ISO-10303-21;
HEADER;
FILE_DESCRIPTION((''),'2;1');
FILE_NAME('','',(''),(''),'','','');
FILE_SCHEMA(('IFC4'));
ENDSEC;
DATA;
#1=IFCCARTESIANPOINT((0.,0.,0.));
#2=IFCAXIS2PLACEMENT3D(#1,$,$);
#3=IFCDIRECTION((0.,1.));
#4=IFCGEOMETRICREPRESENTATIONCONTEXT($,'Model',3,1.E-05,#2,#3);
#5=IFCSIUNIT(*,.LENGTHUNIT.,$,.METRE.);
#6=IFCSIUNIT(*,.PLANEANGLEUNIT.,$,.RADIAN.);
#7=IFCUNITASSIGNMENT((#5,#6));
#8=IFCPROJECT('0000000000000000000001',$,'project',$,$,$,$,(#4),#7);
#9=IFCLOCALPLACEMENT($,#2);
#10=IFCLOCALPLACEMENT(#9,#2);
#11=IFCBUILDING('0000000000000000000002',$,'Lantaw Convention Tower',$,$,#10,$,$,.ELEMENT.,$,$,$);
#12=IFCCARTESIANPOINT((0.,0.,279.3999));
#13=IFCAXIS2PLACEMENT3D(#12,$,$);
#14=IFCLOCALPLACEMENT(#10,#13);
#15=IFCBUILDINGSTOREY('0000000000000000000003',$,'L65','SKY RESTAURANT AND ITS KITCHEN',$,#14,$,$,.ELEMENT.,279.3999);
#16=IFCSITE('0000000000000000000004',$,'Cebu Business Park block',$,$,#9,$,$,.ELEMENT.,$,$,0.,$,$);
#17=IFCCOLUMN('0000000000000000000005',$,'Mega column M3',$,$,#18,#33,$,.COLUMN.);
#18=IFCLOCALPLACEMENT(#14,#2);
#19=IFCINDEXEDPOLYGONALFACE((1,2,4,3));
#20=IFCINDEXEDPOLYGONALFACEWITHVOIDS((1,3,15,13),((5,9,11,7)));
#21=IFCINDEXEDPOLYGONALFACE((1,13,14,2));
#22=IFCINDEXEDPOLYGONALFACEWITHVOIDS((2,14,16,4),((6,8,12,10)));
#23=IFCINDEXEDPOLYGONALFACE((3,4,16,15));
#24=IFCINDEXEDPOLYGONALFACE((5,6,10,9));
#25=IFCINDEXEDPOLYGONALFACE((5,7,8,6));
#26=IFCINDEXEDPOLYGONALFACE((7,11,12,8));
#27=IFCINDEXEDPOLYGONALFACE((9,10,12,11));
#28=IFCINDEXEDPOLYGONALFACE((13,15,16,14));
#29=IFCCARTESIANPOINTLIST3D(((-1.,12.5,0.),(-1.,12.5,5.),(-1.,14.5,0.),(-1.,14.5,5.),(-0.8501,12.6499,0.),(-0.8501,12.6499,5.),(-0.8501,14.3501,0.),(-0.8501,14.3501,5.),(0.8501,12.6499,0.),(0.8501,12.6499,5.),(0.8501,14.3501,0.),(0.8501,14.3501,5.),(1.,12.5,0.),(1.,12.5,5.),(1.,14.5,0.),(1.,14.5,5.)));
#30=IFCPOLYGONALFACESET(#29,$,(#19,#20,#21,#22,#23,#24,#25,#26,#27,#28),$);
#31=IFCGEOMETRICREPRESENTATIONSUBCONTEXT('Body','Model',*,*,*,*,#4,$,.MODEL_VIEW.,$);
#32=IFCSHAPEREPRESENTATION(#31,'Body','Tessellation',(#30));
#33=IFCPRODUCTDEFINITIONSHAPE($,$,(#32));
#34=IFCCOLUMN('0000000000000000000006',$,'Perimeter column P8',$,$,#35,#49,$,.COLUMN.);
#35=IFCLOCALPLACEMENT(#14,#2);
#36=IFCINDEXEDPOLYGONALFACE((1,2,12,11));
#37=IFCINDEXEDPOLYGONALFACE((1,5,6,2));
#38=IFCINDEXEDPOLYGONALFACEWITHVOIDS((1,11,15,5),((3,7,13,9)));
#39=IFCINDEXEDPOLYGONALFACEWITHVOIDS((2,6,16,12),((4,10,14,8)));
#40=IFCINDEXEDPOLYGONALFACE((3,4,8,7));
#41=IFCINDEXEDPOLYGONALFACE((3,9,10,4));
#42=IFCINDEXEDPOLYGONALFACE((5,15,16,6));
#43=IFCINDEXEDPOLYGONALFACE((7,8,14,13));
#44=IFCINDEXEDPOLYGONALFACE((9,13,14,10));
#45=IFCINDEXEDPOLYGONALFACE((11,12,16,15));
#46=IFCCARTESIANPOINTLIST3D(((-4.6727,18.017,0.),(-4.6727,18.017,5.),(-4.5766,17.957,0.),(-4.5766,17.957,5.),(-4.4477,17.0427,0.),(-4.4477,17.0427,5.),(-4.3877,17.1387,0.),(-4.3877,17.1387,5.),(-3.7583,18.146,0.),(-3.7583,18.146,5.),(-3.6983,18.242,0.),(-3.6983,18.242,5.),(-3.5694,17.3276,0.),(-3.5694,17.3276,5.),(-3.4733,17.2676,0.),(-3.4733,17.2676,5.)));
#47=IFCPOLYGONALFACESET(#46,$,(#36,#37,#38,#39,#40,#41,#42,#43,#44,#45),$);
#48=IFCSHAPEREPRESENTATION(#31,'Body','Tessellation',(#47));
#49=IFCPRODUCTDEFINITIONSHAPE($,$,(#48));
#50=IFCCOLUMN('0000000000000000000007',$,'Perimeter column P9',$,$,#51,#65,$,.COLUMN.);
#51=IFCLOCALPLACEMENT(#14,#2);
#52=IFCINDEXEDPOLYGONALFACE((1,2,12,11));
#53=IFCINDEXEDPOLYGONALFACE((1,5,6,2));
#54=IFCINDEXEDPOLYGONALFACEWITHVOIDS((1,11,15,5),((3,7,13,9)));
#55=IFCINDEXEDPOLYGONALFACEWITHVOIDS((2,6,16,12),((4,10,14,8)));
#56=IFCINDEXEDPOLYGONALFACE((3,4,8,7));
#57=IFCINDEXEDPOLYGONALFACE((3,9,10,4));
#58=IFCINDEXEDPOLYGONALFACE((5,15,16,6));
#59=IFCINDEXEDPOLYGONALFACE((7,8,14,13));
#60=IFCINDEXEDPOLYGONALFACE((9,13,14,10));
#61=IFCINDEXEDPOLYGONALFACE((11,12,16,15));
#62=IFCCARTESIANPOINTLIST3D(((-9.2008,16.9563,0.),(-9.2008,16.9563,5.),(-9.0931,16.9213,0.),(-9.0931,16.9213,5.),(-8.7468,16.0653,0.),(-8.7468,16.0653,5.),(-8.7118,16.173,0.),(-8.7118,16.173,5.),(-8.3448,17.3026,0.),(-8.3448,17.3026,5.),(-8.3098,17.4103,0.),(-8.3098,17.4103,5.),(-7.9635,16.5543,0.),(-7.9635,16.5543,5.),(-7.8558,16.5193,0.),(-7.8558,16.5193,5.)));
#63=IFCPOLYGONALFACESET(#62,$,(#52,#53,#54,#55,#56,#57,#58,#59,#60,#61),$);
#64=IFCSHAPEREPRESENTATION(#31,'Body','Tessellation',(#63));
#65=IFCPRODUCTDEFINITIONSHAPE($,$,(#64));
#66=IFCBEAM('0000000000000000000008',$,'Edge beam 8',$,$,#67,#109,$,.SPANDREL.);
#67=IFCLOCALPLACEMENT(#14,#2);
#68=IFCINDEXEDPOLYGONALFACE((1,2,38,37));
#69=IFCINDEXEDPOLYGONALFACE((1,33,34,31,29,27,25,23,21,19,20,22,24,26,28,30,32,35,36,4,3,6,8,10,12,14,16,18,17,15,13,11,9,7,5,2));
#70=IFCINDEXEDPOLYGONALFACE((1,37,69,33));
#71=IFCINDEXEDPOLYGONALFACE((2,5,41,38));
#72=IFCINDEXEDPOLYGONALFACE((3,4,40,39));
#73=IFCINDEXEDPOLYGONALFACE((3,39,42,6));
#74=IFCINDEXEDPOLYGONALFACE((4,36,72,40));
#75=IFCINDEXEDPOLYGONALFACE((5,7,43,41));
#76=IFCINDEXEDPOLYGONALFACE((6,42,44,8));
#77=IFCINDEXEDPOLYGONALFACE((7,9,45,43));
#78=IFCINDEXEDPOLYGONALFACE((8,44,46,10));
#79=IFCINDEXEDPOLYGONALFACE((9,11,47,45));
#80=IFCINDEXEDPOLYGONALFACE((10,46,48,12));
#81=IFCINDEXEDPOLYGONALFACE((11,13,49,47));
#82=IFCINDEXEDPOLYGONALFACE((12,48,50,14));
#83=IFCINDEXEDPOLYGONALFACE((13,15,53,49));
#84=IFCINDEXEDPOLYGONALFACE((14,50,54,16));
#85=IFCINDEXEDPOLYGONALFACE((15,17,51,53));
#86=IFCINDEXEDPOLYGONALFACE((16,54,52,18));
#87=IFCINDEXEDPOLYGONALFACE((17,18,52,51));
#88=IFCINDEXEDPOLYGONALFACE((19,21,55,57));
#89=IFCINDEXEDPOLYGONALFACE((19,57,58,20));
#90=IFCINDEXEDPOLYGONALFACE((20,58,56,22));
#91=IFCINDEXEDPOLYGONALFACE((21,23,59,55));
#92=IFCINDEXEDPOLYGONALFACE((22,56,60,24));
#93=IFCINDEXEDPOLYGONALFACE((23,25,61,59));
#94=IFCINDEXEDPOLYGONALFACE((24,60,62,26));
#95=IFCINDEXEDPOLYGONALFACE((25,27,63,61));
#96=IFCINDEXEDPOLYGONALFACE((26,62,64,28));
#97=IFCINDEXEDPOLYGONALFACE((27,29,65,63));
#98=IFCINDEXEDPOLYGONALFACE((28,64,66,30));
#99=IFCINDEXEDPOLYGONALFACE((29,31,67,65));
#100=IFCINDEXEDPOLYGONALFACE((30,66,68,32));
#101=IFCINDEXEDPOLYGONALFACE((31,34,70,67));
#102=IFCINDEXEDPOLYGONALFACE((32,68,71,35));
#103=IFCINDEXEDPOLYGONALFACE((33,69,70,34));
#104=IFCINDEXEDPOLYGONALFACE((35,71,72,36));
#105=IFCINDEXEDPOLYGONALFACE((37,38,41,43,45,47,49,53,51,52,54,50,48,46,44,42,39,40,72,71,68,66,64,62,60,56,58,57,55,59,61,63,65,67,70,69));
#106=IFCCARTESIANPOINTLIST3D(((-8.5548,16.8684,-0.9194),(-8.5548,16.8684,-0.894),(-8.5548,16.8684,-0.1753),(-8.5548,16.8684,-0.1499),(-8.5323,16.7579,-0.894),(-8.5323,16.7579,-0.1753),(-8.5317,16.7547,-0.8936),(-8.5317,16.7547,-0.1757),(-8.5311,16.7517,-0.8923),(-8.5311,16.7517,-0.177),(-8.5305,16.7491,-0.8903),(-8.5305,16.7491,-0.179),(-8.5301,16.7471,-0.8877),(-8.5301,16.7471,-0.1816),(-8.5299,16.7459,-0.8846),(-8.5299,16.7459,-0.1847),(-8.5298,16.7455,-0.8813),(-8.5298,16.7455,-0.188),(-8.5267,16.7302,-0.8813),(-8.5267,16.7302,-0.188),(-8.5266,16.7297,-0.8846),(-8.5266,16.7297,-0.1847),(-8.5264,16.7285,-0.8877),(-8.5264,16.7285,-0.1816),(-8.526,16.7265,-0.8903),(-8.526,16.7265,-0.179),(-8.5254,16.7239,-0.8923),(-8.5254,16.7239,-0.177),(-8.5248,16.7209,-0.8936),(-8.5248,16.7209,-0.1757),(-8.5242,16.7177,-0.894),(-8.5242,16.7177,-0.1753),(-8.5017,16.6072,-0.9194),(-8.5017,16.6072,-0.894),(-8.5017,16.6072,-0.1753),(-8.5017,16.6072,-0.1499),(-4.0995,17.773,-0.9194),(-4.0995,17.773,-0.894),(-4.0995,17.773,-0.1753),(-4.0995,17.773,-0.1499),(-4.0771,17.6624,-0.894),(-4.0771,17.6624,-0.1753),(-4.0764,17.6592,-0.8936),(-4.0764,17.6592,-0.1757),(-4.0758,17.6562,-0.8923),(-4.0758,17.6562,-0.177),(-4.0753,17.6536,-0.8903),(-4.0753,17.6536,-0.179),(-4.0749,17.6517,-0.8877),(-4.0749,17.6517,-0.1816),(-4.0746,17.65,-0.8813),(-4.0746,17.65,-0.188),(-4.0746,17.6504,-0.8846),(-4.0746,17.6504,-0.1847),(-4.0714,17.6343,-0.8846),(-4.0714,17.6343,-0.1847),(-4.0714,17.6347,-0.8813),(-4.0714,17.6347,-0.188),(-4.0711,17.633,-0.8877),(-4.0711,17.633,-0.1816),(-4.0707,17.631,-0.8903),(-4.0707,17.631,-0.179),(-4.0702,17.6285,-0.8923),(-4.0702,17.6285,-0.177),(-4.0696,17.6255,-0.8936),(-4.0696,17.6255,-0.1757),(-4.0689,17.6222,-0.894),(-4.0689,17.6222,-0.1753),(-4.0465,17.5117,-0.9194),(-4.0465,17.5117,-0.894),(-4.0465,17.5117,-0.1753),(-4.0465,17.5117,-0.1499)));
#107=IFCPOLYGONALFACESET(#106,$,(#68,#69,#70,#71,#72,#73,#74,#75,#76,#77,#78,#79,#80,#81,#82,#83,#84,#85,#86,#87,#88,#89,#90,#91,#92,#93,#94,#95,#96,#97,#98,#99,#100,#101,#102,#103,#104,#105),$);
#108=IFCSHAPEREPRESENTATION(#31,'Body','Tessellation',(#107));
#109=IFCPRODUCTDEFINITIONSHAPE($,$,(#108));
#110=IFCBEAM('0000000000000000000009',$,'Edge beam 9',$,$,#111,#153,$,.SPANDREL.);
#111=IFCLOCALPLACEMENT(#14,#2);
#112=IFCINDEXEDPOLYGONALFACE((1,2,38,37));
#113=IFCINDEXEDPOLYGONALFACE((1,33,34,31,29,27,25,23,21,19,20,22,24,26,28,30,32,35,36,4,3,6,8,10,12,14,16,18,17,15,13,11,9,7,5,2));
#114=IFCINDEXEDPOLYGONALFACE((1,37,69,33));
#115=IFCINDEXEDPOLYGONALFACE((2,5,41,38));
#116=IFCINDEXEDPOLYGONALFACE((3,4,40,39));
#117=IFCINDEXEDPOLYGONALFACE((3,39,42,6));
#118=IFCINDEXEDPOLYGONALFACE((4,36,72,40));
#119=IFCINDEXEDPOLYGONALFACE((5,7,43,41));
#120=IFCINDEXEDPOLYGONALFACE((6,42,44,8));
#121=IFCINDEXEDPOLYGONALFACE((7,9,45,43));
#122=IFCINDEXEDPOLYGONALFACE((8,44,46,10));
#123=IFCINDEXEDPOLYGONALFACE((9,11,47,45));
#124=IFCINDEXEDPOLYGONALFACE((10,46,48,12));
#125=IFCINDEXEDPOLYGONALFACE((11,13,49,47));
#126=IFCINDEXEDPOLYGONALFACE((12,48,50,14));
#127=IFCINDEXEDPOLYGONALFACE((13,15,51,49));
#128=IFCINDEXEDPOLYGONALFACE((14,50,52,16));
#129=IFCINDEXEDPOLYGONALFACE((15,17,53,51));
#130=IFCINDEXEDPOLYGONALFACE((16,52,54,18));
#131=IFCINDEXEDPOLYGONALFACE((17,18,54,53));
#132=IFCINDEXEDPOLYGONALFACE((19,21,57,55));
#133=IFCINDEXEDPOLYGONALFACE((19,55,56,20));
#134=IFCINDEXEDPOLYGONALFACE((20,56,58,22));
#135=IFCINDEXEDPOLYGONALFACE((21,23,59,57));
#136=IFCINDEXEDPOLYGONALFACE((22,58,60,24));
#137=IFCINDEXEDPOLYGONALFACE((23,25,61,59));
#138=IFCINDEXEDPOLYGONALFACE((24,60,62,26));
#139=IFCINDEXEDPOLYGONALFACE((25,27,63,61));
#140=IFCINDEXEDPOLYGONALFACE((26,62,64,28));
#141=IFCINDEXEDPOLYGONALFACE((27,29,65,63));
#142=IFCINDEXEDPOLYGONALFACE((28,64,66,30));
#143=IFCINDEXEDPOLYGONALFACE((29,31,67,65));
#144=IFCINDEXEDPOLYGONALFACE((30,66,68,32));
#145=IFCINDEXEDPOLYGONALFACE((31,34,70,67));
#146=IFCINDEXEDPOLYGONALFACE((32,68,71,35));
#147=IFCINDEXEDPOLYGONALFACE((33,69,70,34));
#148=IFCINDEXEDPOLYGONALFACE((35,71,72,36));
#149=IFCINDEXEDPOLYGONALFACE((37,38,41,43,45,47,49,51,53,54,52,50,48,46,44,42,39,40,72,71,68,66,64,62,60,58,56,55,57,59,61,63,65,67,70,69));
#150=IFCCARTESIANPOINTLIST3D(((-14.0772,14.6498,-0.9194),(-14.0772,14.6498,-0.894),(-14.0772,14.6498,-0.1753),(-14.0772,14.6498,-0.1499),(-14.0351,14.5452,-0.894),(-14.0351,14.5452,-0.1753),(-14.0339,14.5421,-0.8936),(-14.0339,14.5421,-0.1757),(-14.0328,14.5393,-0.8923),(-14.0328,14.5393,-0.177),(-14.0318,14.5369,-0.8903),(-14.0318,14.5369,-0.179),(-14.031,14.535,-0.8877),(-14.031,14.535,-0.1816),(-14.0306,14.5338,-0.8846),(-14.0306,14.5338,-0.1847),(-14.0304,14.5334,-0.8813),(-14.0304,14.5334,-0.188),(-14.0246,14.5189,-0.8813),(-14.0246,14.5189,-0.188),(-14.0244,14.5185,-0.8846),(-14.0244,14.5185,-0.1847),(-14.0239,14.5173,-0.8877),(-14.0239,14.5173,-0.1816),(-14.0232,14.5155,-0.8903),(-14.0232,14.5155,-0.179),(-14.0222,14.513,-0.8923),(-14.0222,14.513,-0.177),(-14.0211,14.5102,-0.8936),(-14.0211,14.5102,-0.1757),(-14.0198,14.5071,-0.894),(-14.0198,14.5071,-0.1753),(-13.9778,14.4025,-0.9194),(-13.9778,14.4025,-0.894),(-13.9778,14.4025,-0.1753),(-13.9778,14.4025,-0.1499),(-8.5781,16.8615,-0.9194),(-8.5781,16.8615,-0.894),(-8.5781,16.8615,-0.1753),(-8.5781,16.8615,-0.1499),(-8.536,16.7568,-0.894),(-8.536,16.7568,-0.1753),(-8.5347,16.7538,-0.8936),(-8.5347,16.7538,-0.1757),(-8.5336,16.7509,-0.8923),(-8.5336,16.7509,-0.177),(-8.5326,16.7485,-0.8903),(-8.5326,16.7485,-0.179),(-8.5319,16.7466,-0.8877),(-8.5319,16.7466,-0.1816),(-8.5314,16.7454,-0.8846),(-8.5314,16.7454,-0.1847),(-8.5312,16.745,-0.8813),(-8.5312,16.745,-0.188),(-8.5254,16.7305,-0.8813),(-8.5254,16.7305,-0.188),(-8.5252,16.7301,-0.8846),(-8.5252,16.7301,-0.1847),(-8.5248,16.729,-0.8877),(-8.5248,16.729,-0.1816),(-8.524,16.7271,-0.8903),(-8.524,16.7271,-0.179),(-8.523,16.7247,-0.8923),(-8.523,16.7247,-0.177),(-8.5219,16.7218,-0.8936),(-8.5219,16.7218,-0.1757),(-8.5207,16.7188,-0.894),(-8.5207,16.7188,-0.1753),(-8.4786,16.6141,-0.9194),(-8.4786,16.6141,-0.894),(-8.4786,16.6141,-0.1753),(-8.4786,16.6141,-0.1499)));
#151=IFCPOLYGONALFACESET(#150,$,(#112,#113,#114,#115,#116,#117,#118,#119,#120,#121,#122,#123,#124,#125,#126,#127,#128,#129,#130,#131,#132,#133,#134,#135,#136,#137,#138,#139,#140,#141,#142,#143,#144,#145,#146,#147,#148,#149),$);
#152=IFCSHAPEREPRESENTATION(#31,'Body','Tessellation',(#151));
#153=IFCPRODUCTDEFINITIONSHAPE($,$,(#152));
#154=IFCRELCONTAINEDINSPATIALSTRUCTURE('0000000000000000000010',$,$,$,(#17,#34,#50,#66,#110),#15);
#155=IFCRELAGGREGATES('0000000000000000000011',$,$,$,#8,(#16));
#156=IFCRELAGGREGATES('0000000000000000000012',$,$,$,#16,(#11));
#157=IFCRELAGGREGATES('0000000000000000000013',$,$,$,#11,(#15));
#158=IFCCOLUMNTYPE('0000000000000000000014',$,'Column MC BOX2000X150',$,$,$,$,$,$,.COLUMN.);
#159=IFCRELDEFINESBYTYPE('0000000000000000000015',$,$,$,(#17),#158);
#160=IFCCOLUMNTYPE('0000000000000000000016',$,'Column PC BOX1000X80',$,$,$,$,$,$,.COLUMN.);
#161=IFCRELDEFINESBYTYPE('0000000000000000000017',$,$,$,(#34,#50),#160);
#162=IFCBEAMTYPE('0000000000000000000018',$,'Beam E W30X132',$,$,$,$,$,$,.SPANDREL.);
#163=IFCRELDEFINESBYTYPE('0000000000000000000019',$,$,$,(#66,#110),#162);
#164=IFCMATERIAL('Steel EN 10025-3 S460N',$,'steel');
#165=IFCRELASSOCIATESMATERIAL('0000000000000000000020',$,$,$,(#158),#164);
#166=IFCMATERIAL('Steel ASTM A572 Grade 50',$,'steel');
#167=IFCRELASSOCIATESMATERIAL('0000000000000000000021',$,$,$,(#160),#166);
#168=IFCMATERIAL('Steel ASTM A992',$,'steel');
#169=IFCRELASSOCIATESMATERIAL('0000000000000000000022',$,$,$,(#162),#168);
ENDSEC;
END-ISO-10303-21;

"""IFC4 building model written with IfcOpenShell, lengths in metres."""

from ifc_helpers import new_model, si_unit, direction, frame, origin, origin_2d, place, context, subcontext, project, spatial, rectangle, hollow_rectangle, i_section, extrude, material, material_profile, profile_set, type_object, element, save


model = new_model("IFC4")

# Units and contexts
model_context = context("Model", 3, precision=1e-05, world=origin(), true_north=direction((0.0, 1.0)))
body_context = subcontext(model_context, "Body", "Model", "MODEL_VIEW")
ifc_project = project(units=[si_unit("LENGTHUNIT", "METRE"), si_unit("PLANEANGLEUNIT", "RADIAN")], contexts=[model_context])

# Site, building, storey
site_placement = place(None, origin())
site = spatial("IfcSite", under=ifc_project, at=site_placement, Name="Cebu Business Park block", CompositionType="ELEMENT", RefElevation=0.0)
building_placement = place(site_placement, origin())
building = spatial("IfcBuilding", under=site, at=building_placement, Name="Lantaw Convention Tower", CompositionType="ELEMENT")
storey_placement = place(building_placement, frame((0.0, 0.0, 279.3999)))
storey = spatial("IfcBuildingStorey", under=building, at=storey_placement, Name="L65", Description="SKY RESTAURANT AND ITS KITCHEN", CompositionType="ELEMENT", Elevation=279.3999)

# Columns
ifc_material_1 = material(Name="Steel EN 10025-3 S460N", Category="steel")
ifc_material_profile_1 = material_profile(ifc_material_1, hollow_rectangle(XDim=2.0, YDim=2.0, WallThickness=0.1499, at=origin_2d()), Name="BOX2000X150")
ifc_material_2 = material(Name="Concrete C60/75", Category="concrete")
ifc_material_profile_2 = material_profile(ifc_material_2, rectangle(XDim=1.7, YDim=1.7, at=origin_2d()), Name="Concrete fill of BOX2000X150")
ifc_profile_set_1 = profile_set([ifc_material_profile_1, ifc_material_profile_2], Name="Steel EN 10025-3 S460N")
column_type_1 = type_object("IfcColumnType", Name="Column MC BOX2000X150", PredefinedType="COLUMN", material=ifc_profile_set_1)
column_placement = place(storey_placement, frame((0.0, 13.5, 0.0), z_axis=(0.0, 0.0, 1.0), x_axis=(1.0, 0.0, 0.0)))
element("IfcColumn", 1, at=column_placement, inside=storey, type_object=column_type_1, Name="Mega column M3", PredefinedType="COLUMN", context=body_context, shape_type="SweptSolid", body=[
    extrude(hollow_rectangle(XDim=2.0, YDim=2.0, WallThickness=0.1499, at=origin_2d()), origin(), (0.0, 0.0, 1.0), 5.0),
])
ifc_material_3 = material(Name="Steel ASTM A572 Grade 50", Category="steel")
ifc_material_profile_3 = material_profile(ifc_material_3, hollow_rectangle(XDim=1.0, YDim=1.0, WallThickness=0.0801, at=origin_2d()), Name="BOX1000X80")
ifc_material_profile_4 = material_profile(ifc_material_2, rectangle(XDim=0.8401, YDim=0.8401, at=origin_2d()), Name="Concrete fill of BOX1000X80")
ifc_profile_set_2 = profile_set([ifc_material_profile_3, ifc_material_profile_4], Name="Steel ASTM A572 Grade 50")
column_type_2 = type_object("IfcColumnType", Name="Column PC BOX1000X80", PredefinedType="COLUMN", material=ifc_profile_set_2)
for number, where, z_axis, x_axis, name in (
    (2, (-4.073, 17.6423, 0.0), (0.0, 0.0, 1.0), (0.97437, 0.224951, 0.0), "Perimeter column P8"),
    (3, (-8.5283, 16.7378, 0.0), (0.0, 0.0, 1.0), (0.891007, 0.45399, 0.0), "Perimeter column P9"),
):
    element("IfcColumn", number, at=place(storey_placement, frame(where, z_axis=z_axis, x_axis=x_axis)), inside=storey, type_object=column_type_2, Name=name, PredefinedType="COLUMN", context=body_context, shape_type="SweptSolid", body=[
        extrude(hollow_rectangle(XDim=1.0, YDim=1.0, WallThickness=0.0801, at=origin_2d()), origin(), (0.0, 0.0, 1.0), 5.0),
    ])

# Beams
ifc_material_4 = material(Name="Steel ASTM A992", Category="steel")
ifc_material_profile_5 = material_profile(ifc_material_4, i_section(OverallWidth=0.2666, OverallDepth=0.7695, WebThickness=0.0156, FlangeThickness=0.0254, FilletRadius=0.0127, at=origin_2d()), Name="W30X132")
ifc_profile_set_3 = profile_set([ifc_material_profile_5], Name="Steel ASTM A992")
beam_type_1 = type_object("IfcBeamType", Name="Beam E W30X132", PredefinedType="SPANDREL", material=ifc_profile_set_3)
beam_1_placement = place(storey_placement, frame((-4.073, 17.6423, -0.5347), z_axis=(-0.980006, -0.198966, 0.0), x_axis=(0.198966, -0.980006, 0.0)))
element("IfcBeam", 4, at=beam_1_placement, inside=storey, type_object=beam_type_1, Name="Edge beam 8", PredefinedType="SPANDREL", context=body_context, shape_type="SweptSolid", body=[
    extrude(i_section(OverallWidth=0.2666, OverallDepth=0.7695, WebThickness=0.0156, FlangeThickness=0.0254, FilletRadius=0.0127, at=origin_2d()), origin(), (0.0, 0.0, 1.0), 4.5461),
])
beam_2_placement = place(storey_placement, frame((-8.5283, 16.7378, -0.5347), z_axis=(-0.927779, -0.37313, 0.0), x_axis=(0.37313, -0.927779, 0.0)))
element("IfcBeam", 5, at=beam_2_placement, inside=storey, type_object=beam_type_1, Name="Edge beam 9", PredefinedType="SPANDREL", context=body_context, shape_type="SweptSolid", body=[
    extrude(i_section(OverallWidth=0.2666, OverallDepth=0.7695, WebThickness=0.0156, FlangeThickness=0.0254, FilletRadius=0.0127, at=origin_2d()), origin(), (0.0, 0.0, 1.0), 5.9272),
])

save(model, "model.ifc")
